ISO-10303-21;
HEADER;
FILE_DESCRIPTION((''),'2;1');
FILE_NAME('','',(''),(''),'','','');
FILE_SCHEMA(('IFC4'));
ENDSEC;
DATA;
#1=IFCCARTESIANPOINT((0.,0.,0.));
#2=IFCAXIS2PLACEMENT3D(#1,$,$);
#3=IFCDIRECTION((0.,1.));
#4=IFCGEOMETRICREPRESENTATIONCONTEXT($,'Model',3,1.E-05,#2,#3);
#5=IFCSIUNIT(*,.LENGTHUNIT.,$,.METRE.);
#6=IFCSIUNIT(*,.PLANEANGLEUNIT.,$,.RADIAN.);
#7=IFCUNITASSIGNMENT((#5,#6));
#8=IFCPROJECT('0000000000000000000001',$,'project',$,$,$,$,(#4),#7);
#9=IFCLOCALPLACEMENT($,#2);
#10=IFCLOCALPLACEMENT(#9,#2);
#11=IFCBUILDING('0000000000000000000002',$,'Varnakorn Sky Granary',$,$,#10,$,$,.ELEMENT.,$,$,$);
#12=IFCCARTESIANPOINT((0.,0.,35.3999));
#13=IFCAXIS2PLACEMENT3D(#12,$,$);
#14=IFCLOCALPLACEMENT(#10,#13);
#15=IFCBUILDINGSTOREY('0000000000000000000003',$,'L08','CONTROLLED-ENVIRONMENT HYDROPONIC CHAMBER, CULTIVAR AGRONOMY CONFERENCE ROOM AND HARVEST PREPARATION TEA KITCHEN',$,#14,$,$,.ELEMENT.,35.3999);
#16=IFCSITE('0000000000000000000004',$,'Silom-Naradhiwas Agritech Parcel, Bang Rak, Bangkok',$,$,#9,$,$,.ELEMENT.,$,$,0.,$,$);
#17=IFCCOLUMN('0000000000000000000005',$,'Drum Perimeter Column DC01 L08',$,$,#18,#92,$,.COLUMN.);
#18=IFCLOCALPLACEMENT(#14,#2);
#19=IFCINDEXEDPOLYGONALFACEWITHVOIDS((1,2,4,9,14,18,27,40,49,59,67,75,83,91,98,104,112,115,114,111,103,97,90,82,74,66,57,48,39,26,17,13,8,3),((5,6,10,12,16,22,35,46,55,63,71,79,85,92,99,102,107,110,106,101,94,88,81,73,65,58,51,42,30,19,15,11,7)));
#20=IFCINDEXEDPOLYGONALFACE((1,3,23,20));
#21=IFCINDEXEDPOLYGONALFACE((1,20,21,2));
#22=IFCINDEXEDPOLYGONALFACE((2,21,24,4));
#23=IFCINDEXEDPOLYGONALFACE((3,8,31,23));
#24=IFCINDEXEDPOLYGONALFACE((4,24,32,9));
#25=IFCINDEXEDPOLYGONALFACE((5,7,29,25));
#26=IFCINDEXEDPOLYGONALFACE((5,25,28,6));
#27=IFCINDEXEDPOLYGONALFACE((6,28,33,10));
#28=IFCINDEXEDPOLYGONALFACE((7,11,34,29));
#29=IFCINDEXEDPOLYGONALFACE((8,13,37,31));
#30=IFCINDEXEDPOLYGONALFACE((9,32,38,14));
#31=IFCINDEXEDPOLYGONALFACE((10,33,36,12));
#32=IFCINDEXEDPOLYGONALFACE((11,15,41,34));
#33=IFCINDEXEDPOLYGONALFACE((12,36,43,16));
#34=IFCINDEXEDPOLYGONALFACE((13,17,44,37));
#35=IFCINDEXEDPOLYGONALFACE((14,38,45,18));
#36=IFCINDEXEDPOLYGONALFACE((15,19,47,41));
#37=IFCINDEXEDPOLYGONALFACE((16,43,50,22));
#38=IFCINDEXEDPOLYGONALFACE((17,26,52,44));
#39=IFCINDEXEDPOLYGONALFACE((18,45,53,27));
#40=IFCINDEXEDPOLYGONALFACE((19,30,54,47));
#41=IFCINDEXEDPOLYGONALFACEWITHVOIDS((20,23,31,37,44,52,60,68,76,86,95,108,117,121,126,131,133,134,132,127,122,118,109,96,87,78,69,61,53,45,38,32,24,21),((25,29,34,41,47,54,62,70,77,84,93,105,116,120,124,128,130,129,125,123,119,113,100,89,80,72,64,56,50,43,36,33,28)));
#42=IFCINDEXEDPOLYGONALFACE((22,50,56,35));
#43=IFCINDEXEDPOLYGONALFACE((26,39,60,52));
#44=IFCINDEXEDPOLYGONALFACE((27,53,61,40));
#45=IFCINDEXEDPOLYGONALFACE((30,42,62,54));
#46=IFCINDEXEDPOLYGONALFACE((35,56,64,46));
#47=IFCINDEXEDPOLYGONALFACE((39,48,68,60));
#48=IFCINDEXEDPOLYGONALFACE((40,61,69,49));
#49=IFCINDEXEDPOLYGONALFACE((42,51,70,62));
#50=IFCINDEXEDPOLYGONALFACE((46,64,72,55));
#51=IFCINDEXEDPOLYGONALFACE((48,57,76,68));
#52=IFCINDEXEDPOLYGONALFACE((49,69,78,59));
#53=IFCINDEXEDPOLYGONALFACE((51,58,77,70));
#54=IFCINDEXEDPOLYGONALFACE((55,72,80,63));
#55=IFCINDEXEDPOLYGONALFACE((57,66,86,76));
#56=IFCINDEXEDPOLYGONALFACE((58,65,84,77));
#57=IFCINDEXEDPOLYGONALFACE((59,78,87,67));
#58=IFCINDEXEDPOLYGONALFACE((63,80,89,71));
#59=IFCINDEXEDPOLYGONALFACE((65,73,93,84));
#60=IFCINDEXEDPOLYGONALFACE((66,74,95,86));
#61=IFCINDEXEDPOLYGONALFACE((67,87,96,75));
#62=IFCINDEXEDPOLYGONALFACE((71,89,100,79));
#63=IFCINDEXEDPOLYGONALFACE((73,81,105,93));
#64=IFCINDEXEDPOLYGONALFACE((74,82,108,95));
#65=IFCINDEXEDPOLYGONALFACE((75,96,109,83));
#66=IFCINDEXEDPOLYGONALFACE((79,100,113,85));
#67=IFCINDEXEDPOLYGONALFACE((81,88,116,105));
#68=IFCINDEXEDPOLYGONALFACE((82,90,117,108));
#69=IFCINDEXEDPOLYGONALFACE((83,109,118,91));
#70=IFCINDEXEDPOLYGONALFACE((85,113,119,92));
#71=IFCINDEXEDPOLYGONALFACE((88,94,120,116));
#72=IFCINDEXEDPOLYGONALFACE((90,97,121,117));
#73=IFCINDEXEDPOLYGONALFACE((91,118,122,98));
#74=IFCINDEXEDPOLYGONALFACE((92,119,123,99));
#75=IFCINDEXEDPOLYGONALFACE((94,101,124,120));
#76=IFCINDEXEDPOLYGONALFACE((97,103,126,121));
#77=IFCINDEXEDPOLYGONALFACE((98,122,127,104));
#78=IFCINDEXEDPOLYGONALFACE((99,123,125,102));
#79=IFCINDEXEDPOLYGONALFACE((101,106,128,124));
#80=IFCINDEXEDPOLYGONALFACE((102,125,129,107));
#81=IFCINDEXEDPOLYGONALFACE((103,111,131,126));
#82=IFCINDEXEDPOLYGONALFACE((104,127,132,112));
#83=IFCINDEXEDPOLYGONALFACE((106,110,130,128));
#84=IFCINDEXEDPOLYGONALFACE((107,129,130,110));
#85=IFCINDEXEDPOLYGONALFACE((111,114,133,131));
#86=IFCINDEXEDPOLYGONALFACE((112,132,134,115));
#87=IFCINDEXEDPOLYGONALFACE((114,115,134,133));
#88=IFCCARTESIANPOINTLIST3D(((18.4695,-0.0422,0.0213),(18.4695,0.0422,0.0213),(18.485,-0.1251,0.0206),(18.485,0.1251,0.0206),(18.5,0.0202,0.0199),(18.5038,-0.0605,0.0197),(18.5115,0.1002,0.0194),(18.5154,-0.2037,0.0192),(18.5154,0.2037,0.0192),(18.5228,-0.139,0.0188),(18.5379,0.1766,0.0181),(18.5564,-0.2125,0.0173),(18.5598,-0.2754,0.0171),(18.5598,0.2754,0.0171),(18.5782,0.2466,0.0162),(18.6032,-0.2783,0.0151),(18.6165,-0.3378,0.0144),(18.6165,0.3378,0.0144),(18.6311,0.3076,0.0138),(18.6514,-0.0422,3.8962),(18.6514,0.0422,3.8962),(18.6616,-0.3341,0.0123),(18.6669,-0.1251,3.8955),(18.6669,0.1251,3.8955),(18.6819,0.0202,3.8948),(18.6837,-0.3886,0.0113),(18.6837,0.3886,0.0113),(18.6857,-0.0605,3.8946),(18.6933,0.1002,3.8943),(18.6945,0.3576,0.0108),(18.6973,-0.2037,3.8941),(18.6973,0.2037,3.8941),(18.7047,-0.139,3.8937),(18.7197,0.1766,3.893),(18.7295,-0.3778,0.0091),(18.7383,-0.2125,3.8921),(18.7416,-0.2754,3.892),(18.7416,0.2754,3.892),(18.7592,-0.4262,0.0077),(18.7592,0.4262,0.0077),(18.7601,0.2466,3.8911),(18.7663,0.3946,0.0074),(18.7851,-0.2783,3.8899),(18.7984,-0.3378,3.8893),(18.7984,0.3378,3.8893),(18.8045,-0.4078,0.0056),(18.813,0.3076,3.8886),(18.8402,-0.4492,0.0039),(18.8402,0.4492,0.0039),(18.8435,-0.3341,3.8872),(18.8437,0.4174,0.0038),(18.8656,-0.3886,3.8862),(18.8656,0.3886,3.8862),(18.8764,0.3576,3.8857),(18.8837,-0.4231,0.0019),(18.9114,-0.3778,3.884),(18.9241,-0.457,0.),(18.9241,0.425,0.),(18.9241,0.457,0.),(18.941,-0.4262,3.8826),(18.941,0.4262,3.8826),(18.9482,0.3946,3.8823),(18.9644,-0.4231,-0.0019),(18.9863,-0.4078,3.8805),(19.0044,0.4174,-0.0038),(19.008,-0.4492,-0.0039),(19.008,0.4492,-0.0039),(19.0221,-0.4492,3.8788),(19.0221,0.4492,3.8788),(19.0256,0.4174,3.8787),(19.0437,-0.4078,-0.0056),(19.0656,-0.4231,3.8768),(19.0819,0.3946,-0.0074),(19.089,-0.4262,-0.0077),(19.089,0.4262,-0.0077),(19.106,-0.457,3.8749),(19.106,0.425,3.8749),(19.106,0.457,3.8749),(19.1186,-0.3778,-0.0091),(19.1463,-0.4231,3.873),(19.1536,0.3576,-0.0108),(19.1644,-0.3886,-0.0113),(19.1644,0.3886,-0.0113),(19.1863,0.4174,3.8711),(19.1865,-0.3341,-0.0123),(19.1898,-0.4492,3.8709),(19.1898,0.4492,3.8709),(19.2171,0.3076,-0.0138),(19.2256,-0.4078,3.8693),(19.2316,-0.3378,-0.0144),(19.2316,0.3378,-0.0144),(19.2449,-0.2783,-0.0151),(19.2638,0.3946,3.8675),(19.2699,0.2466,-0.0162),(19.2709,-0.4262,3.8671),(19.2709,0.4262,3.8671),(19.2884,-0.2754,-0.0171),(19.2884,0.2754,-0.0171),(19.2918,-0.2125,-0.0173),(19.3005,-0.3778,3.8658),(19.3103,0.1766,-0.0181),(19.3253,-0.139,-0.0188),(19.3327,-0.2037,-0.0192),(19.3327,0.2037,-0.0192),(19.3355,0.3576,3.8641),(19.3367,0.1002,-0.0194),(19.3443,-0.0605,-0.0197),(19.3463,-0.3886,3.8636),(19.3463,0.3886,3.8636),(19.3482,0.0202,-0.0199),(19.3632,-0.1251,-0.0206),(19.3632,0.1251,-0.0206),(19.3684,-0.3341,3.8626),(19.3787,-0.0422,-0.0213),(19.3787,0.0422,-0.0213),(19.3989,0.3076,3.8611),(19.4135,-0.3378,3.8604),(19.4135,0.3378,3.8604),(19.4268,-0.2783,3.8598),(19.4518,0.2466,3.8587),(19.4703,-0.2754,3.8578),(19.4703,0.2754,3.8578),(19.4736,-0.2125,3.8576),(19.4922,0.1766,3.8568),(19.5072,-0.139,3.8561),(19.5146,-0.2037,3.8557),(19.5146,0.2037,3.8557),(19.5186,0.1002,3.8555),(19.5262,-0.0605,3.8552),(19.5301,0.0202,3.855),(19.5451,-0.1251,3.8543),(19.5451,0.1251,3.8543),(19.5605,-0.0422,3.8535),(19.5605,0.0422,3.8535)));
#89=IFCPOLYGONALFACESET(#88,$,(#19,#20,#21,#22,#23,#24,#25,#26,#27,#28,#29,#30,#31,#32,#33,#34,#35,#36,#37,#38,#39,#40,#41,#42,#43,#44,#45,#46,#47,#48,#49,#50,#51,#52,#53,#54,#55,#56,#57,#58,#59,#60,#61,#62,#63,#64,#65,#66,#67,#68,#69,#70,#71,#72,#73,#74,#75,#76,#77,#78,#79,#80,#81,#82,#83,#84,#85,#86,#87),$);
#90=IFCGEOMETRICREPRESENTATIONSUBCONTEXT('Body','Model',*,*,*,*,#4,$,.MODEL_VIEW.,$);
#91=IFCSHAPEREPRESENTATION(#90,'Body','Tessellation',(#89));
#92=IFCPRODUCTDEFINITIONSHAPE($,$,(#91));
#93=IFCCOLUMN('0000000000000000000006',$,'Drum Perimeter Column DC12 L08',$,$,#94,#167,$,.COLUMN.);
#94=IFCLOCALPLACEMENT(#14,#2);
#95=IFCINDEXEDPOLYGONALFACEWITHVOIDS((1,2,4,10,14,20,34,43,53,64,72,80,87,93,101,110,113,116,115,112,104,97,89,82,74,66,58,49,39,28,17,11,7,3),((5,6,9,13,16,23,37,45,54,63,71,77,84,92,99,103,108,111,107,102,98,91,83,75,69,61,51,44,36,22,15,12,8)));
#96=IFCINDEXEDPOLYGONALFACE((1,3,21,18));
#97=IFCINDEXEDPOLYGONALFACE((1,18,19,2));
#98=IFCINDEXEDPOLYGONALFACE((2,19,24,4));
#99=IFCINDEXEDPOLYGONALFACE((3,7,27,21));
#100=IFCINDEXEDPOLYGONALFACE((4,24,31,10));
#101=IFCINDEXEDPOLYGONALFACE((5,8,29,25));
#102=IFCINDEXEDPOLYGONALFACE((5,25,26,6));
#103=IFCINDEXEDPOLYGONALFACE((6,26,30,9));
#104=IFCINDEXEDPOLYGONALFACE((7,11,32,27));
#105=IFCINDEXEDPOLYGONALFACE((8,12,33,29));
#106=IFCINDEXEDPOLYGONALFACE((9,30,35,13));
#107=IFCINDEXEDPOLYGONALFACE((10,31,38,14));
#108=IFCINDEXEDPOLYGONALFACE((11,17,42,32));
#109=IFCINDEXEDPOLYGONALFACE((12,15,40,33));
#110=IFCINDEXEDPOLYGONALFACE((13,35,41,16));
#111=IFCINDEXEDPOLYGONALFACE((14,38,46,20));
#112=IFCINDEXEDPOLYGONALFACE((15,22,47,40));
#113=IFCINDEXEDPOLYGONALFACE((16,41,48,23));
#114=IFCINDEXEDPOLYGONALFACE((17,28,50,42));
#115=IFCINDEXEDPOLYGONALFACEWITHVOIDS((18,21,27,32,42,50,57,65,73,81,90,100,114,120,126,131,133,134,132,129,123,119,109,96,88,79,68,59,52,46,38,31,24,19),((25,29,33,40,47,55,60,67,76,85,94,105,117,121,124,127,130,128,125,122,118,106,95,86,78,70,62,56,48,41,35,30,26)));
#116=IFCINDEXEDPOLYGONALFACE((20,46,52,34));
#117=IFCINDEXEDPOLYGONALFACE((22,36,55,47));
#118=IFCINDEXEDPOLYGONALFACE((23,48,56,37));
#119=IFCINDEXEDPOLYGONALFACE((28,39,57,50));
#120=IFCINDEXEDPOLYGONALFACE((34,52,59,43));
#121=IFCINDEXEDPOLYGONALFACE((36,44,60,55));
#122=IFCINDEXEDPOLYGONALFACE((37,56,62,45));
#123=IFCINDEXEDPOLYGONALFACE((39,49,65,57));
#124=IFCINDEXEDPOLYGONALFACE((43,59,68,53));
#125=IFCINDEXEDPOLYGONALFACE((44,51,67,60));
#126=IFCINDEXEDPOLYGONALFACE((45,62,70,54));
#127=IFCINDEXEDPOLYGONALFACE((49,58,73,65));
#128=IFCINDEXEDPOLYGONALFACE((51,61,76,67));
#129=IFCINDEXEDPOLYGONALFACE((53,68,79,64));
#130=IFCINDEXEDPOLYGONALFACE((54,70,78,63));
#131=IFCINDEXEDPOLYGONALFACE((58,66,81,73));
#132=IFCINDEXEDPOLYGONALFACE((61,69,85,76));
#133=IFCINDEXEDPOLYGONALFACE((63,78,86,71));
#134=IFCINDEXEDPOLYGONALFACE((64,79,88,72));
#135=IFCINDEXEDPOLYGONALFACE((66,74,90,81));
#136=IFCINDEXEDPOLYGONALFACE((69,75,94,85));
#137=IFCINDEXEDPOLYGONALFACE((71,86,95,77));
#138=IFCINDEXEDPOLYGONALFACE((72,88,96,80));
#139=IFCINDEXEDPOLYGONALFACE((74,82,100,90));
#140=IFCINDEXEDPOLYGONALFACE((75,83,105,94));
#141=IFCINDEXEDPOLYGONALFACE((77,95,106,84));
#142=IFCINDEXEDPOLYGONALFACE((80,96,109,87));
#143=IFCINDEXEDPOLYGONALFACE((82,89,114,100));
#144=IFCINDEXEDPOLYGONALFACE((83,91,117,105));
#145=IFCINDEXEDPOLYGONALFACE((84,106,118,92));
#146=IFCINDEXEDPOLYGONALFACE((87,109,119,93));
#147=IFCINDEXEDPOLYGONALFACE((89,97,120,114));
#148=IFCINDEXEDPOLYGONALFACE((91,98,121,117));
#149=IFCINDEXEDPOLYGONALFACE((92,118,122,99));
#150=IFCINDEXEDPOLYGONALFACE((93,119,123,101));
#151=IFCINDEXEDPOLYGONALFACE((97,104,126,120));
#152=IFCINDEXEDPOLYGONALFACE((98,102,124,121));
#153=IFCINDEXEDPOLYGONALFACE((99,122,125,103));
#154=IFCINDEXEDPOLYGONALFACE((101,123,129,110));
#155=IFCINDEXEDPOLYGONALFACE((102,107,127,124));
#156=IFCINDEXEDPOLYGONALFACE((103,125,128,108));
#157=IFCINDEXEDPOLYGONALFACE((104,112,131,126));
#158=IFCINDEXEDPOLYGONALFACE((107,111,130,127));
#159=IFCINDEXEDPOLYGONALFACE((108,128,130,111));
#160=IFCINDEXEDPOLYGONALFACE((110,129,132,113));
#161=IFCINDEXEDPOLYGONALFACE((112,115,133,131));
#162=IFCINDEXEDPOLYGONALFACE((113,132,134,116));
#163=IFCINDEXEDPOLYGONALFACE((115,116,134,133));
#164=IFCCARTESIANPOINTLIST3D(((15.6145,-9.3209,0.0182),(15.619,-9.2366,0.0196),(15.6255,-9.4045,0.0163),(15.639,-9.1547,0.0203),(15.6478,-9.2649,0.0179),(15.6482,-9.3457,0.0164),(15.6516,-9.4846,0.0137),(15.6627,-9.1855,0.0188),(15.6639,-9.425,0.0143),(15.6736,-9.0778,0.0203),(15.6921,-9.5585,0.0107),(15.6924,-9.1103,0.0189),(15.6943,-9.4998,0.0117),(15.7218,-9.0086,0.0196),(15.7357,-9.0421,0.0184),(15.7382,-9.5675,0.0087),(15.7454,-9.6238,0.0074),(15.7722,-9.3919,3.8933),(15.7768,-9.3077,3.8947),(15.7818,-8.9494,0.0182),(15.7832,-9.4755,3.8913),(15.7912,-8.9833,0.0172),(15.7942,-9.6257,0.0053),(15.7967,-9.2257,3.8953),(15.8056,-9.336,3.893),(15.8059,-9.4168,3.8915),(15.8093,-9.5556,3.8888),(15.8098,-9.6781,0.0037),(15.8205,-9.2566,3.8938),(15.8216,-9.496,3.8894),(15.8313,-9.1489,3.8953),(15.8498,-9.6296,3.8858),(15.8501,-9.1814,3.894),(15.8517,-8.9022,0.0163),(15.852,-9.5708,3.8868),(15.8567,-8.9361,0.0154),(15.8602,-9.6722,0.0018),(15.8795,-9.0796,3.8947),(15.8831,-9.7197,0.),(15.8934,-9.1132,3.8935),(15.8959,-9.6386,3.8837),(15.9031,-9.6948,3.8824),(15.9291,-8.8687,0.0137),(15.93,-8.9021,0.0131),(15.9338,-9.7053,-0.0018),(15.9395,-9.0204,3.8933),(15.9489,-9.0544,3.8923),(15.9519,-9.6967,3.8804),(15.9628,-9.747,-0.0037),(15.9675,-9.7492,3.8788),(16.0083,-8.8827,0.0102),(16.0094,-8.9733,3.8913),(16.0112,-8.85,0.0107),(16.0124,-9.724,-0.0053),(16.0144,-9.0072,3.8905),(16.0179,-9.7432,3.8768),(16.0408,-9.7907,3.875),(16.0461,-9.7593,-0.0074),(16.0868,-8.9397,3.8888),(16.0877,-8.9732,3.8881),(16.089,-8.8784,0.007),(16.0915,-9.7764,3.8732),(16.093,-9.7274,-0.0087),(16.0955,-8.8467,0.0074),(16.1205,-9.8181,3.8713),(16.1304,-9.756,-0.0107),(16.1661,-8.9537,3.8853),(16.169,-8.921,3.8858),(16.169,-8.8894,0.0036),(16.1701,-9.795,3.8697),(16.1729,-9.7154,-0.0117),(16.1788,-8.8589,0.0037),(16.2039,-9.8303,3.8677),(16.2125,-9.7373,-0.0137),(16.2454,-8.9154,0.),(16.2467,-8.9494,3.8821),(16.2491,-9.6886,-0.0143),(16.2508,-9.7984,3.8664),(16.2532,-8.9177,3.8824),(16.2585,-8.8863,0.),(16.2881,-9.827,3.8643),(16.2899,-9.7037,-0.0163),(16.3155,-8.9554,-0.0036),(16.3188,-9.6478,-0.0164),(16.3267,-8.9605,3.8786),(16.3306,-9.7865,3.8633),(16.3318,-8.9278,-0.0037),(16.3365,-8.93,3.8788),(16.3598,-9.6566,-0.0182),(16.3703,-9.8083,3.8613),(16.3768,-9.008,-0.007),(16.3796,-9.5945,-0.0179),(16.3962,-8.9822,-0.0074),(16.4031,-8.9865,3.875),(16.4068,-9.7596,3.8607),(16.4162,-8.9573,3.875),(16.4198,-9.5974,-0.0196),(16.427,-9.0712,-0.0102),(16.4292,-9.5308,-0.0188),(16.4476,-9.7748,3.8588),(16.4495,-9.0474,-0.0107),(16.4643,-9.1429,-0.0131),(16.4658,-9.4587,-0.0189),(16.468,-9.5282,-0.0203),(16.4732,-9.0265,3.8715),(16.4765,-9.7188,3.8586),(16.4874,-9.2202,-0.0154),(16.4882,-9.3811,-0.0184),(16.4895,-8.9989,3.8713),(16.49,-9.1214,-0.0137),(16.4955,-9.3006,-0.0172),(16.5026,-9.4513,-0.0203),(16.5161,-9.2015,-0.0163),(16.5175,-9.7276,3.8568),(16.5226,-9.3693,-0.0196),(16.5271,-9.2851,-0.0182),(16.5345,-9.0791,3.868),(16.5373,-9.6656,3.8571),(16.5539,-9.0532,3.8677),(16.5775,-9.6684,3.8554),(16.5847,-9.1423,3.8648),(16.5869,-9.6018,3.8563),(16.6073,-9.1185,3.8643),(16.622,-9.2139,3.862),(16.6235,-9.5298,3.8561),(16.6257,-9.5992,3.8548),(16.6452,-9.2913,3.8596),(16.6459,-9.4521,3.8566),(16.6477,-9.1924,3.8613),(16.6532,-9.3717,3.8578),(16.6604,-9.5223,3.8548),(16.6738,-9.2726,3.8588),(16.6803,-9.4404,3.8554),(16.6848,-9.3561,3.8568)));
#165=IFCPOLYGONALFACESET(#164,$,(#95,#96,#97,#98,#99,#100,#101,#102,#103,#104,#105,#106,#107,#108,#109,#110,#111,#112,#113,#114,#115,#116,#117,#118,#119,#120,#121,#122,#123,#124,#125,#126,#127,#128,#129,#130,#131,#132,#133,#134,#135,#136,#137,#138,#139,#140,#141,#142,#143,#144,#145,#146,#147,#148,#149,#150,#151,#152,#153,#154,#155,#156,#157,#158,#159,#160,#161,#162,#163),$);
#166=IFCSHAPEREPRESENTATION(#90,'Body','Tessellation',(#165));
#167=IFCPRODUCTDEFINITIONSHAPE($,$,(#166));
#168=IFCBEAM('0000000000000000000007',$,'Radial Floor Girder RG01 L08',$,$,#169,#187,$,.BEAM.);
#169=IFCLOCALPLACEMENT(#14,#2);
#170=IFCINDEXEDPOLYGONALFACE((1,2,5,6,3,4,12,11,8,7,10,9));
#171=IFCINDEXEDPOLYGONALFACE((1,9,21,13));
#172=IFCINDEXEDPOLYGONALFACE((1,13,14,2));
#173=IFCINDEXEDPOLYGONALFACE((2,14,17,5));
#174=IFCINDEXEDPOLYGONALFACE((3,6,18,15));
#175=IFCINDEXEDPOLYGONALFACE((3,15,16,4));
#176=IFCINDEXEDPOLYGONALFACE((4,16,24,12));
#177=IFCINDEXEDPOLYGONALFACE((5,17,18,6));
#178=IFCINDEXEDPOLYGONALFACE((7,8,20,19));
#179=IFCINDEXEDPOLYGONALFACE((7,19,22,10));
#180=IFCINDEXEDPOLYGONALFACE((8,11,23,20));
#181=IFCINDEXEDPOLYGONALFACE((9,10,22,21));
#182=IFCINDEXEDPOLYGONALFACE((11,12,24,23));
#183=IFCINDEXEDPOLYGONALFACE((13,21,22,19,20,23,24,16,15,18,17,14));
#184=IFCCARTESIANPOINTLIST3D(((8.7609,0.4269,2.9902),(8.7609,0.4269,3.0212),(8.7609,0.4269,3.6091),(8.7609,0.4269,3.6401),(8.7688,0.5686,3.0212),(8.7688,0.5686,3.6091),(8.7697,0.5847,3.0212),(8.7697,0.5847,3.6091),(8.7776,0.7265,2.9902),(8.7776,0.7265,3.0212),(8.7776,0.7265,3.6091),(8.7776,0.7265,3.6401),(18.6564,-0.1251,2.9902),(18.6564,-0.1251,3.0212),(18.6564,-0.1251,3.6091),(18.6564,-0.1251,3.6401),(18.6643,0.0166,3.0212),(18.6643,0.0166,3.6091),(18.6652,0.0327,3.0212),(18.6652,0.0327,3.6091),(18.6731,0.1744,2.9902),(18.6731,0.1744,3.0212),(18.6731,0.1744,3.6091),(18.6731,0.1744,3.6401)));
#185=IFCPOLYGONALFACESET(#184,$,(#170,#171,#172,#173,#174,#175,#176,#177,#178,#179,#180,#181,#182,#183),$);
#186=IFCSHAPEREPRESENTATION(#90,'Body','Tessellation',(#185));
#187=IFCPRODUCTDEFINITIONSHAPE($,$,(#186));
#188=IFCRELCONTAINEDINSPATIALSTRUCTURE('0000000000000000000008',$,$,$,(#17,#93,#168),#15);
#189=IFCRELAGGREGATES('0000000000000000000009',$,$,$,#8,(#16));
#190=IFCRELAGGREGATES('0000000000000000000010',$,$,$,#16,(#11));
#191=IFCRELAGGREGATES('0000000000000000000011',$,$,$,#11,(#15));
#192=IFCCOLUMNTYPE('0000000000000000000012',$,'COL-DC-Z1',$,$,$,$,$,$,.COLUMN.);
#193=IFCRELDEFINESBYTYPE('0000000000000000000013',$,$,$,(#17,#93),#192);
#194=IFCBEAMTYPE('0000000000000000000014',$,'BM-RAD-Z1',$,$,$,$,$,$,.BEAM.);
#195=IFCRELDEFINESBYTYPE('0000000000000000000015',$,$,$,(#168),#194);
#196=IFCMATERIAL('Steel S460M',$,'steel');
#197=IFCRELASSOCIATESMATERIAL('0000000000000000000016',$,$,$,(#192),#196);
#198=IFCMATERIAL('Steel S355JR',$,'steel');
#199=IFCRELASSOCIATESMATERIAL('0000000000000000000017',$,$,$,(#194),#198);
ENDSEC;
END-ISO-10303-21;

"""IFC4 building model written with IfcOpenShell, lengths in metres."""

from ifc_helpers import new_model, si_unit, direction, frame, origin, origin_2d, place, context, subcontext, project, spatial, hollow_circle, i_section, extrude, material, material_profile, profile_set, type_object, element, save


model = new_model("IFC4")

# Units and contexts
model_context = context("Model", 3, precision=1e-05, world=origin(), true_north=direction((0.0, 1.0)))
body_context = subcontext(model_context, "Body", "Model", "MODEL_VIEW")
ifc_project = project(units=[si_unit("LENGTHUNIT", "METRE"), si_unit("PLANEANGLEUNIT", "RADIAN")], contexts=[model_context])

# Site, building, storey
site_placement = place(None, origin())
site = spatial("IfcSite", under=ifc_project, at=site_placement, Name="Silom-Naradhiwas Agritech Parcel, Bang Rak, Bangkok", CompositionType="ELEMENT", RefElevation=0.0)
building_placement = place(site_placement, origin())
building = spatial("IfcBuilding", under=site, at=building_placement, Name="Varnakorn Sky Granary", CompositionType="ELEMENT")
storey_placement = place(building_placement, frame((0.0, 0.0, 35.3999)))
storey = spatial("IfcBuildingStorey", under=building, at=storey_placement, Name="L08", Description="CONTROLLED-ENVIRONMENT HYDROPONIC CHAMBER, CULTIVAR AGRONOMY CONFERENCE ROOM AND HARVEST PREPARATION TEA KITCHEN", CompositionType="ELEMENT", Elevation=35.3999)

# Columns
ifc_material_1 = material(Name="Steel S460M", Category="steel")
ifc_material_profile_1 = material_profile(ifc_material_1, hollow_circle(Radius=0.457, WallThickness=0.032, at=origin_2d()), Name="CHS 914x32")
ifc_profile_set_1 = profile_set([ifc_material_profile_1], Name="Steel S460M")
column_type = type_object("IfcColumnType", Name="COL-DC-Z1", PredefinedType="COLUMN", material=ifc_profile_set_1)
column_1_placement = place(storey_placement, frame((18.9241, 0.0, 0.0), z_axis=(0.046886, 0.0, 0.9989), x_axis=(0.0, 1.0, 0.0)))
element("IfcColumn", 1, at=column_1_placement, inside=storey, type_object=column_type, Name="Drum Perimeter Column DC01 L08", PredefinedType="COLUMN", context=body_context, shape_type="SweptSolid", body=[
    extrude(hollow_circle(Radius=0.457, WallThickness=0.032, at=origin_2d()), origin(), (0.0, 0.0, 1.0), 3.8792),
])
column_2_placement = place(storey_placement, frame((16.0708, -9.303, 0.0), z_axis=(0.04066, -0.018316, 0.999005), x_axis=(0.410717, 0.911763, 0.0)))
element("IfcColumn", 2, at=column_2_placement, inside=storey, type_object=column_type, Name="Drum Perimeter Column DC12 L08", PredefinedType="COLUMN", context=body_context, shape_type="SweptSolid", body=[
    extrude(hollow_circle(Radius=0.457, WallThickness=0.032, at=origin_2d()), origin(), (0.0, 0.0, 1.0), 3.8789),
])

# Beam
ifc_material_2 = material(Name="Steel S355JR", Category="steel")
ifc_material_profile_2 = material_profile(ifc_material_2, i_section(OverallWidth=0.3, OverallDepth=0.6499, WebThickness=0.0161, FlangeThickness=0.031, at=origin_2d()), Name="HE 650 B")
ifc_profile_set_2 = profile_set([ifc_material_profile_2], Name="Steel S355JR")
beam_type_1 = type_object("IfcBeamType", Name="BM-RAD-Z1", PredefinedType="BEAM", material=ifc_profile_set_2)
beam_1_placement = place(storey_placement, frame((8.7693, 0.5767, 3.3152), z_axis=(0.998448, -0.055696, 0.0), x_axis=(0.055696, 0.998448, 0.0)))
element("IfcBeam", 3, at=beam_1_placement, inside=storey, type_object=beam_type_1, Name="Radial Floor Girder RG01 L08", PredefinedType="BEAM", context=body_context, shape_type="SweptSolid", body=[
    extrude(i_section(OverallWidth=0.3, OverallDepth=0.6499, WebThickness=0.0161, FlangeThickness=0.031, at=origin_2d()), origin(), (0.0, 0.0, 1.0), 9.9109),
])

save(model, "model.ifc")
